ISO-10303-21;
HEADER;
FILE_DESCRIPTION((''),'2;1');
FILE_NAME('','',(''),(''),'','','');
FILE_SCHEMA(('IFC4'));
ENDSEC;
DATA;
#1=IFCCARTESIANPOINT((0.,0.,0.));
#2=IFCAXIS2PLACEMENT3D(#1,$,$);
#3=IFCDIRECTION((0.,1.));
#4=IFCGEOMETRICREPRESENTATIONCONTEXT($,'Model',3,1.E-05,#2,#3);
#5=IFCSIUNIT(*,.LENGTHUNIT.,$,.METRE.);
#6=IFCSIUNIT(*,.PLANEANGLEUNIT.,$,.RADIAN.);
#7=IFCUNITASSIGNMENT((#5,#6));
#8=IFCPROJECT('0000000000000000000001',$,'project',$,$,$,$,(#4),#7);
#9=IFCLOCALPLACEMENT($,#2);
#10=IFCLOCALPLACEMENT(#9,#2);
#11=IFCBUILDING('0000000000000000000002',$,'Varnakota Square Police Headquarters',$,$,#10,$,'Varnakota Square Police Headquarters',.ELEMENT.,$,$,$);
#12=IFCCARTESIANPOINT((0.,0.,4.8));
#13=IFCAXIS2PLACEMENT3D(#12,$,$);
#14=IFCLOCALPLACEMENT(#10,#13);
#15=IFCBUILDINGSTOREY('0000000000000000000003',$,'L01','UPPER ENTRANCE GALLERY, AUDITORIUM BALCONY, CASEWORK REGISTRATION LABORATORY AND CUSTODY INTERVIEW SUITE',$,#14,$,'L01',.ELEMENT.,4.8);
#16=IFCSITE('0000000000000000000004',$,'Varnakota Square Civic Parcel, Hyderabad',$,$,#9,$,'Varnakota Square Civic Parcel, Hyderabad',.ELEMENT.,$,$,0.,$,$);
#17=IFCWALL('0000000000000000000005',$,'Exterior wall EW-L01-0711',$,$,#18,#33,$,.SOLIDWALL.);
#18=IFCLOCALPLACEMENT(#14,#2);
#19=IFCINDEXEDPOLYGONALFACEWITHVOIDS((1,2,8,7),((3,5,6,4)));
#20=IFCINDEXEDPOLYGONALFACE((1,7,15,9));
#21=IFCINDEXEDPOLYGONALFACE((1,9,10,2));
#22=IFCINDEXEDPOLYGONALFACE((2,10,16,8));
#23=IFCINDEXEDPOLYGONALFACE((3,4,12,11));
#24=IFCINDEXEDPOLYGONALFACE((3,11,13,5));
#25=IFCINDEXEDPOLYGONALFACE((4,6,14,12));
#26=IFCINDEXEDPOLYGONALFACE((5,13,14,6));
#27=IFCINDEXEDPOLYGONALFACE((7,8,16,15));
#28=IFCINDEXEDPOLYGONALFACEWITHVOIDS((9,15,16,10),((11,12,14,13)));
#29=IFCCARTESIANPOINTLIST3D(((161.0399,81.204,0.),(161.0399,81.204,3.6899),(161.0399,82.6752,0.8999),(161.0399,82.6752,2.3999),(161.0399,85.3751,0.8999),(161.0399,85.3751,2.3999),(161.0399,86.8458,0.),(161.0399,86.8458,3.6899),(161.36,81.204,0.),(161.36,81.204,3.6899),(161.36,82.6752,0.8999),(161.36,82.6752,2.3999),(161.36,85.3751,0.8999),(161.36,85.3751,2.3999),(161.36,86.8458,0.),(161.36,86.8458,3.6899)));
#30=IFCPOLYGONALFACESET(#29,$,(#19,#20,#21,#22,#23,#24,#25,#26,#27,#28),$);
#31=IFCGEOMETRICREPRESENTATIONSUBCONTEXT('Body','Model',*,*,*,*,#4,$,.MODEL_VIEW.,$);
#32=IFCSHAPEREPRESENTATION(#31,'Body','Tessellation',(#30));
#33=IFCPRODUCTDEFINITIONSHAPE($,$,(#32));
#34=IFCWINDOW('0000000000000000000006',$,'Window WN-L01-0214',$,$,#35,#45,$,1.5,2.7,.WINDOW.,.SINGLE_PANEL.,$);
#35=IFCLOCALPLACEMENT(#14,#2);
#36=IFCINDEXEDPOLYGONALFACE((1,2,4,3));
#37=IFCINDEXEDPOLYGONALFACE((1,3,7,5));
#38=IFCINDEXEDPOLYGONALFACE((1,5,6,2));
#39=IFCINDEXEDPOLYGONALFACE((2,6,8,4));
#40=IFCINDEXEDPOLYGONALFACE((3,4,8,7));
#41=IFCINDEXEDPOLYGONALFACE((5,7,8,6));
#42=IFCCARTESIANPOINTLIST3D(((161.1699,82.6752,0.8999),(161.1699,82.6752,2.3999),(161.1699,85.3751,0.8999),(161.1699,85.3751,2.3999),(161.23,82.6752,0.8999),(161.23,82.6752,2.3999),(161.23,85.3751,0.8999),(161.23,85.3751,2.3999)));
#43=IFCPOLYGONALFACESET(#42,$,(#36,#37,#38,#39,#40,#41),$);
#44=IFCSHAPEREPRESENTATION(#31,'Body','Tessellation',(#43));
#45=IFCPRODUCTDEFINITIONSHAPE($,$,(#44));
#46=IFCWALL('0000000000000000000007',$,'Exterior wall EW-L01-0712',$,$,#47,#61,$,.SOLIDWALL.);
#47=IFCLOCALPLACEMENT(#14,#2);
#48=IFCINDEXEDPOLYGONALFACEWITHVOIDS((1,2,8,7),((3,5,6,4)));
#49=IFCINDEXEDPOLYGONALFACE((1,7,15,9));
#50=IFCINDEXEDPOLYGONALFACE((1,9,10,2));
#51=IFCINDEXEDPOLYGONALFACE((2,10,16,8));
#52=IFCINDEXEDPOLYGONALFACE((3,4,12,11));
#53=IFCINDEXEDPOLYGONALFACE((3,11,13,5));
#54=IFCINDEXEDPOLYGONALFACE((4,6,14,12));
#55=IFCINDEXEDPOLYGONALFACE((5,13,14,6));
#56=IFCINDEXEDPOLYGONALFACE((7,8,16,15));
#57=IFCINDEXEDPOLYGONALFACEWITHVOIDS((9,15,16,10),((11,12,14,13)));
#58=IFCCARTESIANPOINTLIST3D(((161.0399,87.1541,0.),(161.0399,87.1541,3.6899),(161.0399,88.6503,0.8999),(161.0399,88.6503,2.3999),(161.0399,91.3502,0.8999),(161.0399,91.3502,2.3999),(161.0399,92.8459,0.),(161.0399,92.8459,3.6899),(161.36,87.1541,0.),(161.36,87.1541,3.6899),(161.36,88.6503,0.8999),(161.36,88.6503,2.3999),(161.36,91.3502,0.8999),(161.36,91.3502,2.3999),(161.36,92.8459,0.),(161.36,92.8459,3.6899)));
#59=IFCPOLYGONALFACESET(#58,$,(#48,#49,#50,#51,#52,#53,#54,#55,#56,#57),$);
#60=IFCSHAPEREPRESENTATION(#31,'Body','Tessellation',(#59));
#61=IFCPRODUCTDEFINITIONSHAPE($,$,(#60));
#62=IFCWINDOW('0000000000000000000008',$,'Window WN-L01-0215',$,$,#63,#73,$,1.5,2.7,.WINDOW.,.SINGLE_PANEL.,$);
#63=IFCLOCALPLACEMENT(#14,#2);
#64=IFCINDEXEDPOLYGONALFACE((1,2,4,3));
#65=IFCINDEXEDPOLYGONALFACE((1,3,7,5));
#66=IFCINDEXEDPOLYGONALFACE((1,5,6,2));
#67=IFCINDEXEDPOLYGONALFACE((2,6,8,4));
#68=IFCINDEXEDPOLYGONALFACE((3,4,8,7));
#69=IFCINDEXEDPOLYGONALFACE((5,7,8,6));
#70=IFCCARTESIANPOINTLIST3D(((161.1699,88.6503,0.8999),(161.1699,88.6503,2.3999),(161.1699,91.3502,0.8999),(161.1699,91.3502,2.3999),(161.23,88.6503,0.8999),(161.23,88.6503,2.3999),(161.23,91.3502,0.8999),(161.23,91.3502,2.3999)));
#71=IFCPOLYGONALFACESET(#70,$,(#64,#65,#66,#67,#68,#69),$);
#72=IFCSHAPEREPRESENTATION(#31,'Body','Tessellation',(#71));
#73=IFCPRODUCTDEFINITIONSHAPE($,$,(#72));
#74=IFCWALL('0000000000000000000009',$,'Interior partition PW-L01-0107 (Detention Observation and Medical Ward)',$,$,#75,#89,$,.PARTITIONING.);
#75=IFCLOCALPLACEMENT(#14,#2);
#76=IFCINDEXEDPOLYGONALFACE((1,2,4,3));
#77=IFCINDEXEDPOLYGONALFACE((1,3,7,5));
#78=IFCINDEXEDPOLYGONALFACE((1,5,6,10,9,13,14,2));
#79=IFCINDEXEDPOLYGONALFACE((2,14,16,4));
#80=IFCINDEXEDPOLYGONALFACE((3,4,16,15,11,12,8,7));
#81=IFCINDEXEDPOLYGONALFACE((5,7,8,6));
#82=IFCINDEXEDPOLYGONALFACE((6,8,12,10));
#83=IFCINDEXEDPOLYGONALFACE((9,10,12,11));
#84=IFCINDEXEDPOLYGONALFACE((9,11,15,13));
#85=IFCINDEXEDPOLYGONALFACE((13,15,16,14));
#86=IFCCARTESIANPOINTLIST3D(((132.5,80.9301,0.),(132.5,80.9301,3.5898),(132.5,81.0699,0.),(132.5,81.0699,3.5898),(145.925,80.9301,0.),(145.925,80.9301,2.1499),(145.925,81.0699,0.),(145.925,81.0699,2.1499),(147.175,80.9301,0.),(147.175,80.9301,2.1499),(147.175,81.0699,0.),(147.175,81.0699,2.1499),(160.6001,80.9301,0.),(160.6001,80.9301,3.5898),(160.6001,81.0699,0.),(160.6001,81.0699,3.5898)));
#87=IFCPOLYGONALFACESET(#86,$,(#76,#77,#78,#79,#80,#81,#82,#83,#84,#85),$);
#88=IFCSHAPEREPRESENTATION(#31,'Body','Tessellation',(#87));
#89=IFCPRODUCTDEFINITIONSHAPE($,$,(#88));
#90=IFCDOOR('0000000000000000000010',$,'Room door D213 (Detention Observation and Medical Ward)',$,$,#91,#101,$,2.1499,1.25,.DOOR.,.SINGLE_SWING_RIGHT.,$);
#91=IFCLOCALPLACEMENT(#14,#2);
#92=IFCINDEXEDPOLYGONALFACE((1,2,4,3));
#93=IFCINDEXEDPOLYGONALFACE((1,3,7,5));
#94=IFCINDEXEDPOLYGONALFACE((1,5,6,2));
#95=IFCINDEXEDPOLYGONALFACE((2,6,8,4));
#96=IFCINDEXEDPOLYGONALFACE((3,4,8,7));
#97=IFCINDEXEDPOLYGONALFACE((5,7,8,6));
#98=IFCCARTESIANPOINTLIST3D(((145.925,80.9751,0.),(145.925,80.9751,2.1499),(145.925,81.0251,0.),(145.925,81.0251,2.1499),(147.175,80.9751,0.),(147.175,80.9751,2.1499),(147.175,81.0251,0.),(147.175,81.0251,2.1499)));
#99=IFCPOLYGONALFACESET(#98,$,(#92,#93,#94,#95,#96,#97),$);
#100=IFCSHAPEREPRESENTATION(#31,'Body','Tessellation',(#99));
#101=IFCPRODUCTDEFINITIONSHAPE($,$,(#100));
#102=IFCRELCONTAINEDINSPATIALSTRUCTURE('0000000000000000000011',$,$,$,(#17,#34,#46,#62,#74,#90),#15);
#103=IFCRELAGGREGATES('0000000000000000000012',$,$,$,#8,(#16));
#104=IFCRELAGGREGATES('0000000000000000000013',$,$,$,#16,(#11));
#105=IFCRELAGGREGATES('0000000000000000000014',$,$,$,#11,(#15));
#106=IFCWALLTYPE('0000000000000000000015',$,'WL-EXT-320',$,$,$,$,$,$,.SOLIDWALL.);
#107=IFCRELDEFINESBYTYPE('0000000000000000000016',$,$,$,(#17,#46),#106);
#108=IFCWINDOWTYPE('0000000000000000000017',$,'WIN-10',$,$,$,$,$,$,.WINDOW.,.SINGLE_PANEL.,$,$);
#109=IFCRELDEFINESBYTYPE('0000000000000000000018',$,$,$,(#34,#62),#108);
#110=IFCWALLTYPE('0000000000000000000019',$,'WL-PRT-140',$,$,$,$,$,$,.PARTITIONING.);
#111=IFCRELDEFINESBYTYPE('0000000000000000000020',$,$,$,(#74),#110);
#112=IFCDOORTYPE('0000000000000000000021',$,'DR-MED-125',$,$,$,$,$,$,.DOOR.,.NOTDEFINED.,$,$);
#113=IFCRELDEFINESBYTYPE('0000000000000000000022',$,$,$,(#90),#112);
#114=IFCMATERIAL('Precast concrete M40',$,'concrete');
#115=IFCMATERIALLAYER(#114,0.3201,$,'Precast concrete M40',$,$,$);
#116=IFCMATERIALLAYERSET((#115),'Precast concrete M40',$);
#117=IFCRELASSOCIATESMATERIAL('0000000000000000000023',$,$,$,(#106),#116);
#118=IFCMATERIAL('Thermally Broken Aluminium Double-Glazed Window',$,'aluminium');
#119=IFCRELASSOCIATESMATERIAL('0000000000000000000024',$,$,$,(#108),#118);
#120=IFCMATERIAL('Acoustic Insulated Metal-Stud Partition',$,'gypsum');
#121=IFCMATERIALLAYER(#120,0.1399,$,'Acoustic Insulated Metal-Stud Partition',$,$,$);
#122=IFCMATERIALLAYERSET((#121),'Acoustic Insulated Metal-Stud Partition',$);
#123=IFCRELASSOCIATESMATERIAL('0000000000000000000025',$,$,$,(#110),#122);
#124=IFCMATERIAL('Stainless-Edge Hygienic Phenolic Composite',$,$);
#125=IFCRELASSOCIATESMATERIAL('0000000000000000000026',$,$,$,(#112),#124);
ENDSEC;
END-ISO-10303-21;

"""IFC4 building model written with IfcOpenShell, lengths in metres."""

from ifc_helpers import new_model, si_unit, direction, frame, frame_2d, origin, place, context, subcontext, project, spatial, rectangle, extrude, material, layer, layer_set, type_object, element, fill, save


model = new_model("IFC4")

# Units and contexts
model_context = context("Model", 3, precision=1e-05, world=origin(), true_north=direction((0.0, 1.0)))
body_context = subcontext(model_context, "Body", "Model", "MODEL_VIEW")
ifc_project = project(units=[si_unit("LENGTHUNIT", "METRE"), si_unit("PLANEANGLEUNIT", "RADIAN")], contexts=[model_context])

# Site, building, storey
site_placement = place(None, origin())
site = spatial("IfcSite", under=ifc_project, at=site_placement, Name="Varnakota Square Civic Parcel, Hyderabad", LongName="Varnakota Square Civic Parcel, Hyderabad", CompositionType="ELEMENT", RefElevation=0.0)
building_placement = place(site_placement, origin())
building = spatial("IfcBuilding", under=site, at=building_placement, Name="Varnakota Square Police Headquarters", LongName="Varnakota Square Police Headquarters", CompositionType="ELEMENT")
storey_placement = place(building_placement, frame((0.0, 0.0, 4.8)))
storey = spatial("IfcBuildingStorey", under=building, at=storey_placement, Name="L01", Description="UPPER ENTRANCE GALLERY, AUDITORIUM BALCONY, CASEWORK REGISTRATION LABORATORY AND CUSTODY INTERVIEW SUITE", LongName="L01", CompositionType="ELEMENT", Elevation=4.8)

# Walls, openings, windows
ifc_material_1 = material(Name="Precast concrete M40", Category="concrete")
ifc_layer_1 = layer(ifc_material_1, 0.3201, Name="Precast concrete M40")
ifc_layer_set_1 = layer_set([ifc_layer_1], Name="Precast concrete M40")
wall_type_1 = type_object("IfcWallType", Name="WL-EXT-320", PredefinedType="SOLIDWALL", material=ifc_layer_set_1)
wall_1_placement = place(storey_placement, frame((161.2, 81.2041, 0.0), z_axis=(0.0, 0.0, 1.0), x_axis=(0.0, 1.0, 0.0)))
wall_1 = element("IfcWall", 1, at=wall_1_placement, inside=storey, type_object=wall_type_1, Name="Exterior wall EW-L01-0711", PredefinedType="SOLIDWALL", context=body_context, shape_type="SweptSolid", body=[
    extrude(rectangle(XDim=5.6418, YDim=0.3201, at=frame_2d((2.8208, 0.0))), origin(), (0.0, 0.0, 1.0), 3.6899),
])
opening_1_placement = place(wall_1_placement, frame((1.4709, 0.0, 0.8999)))
opening_1 = element("IfcOpeningElement", 2, at=opening_1_placement, cuts=wall_1, PredefinedType="OPENING", context=body_context, shape_type="SweptSolid", body=[
    extrude(rectangle(XDim=2.7, YDim=1.5, at=frame_2d((1.3501, 0.75))), frame((0.0, 0.1699, 0.0), z_axis=(0.0, -1.0, 0.0), x_axis=(1.0, 0.0, 0.0)), (0.0, 0.0, 1.0), 0.3401),
])
ifc_material_2 = material(Name="Thermally Broken Aluminium Double-Glazed Window", Category="aluminium")
window_type = type_object("IfcWindowType", Name="WIN-10", PartitioningType="SINGLE_PANEL", PredefinedType="WINDOW", material=ifc_material_2)
window_1_placement = place(opening_1_placement, origin())
window_1 = element("IfcWindow", 3, at=window_1_placement, inside=storey, type_object=window_type, Name="Window WN-L01-0214", OverallHeight=1.5, OverallWidth=2.7, PartitioningType="SINGLE_PANEL", PredefinedType="WINDOW", context=body_context, shape_type="SweptSolid", body=[
    extrude(rectangle(XDim=2.7, YDim=1.5, at=frame_2d((1.3501, 0.75))), frame((0.0, 0.03, 0.0), z_axis=(0.0, -1.0, 0.0), x_axis=(1.0, 0.0, 0.0)), (0.0, 0.0, 1.0), 0.0601),
])
fill(opening_1, window_1)
wall_2_placement = place(storey_placement, frame((161.2, 87.1541, 0.0), z_axis=(0.0, 0.0, 1.0), x_axis=(0.0, 1.0, 0.0)))
wall_2 = element("IfcWall", 4, at=wall_2_placement, inside=storey, type_object=wall_type_1, Name="Exterior wall EW-L01-0712", PredefinedType="SOLIDWALL", context=body_context, shape_type="SweptSolid", body=[
    extrude(rectangle(XDim=5.6919, YDim=0.3201, at=frame_2d((2.8459, 0.0))), origin(), (0.0, 0.0, 1.0), 3.6899),
])
opening_2_placement = place(wall_2_placement, frame((1.4961, 0.0, 0.8999)))
opening_2 = element("IfcOpeningElement", 5, at=opening_2_placement, cuts=wall_2, PredefinedType="OPENING", context=body_context, shape_type="SweptSolid", body=[
    extrude(rectangle(XDim=2.7, YDim=1.5, at=frame_2d((1.3501, 0.75))), frame((0.0, 0.1699, 0.0), z_axis=(0.0, -1.0, 0.0), x_axis=(1.0, 0.0, 0.0)), (0.0, 0.0, 1.0), 0.3401),
])
window_2_placement = place(opening_2_placement, origin())
window_2 = element("IfcWindow", 6, at=window_2_placement, inside=storey, type_object=window_type, Name="Window WN-L01-0215", OverallHeight=1.5, OverallWidth=2.7, PartitioningType="SINGLE_PANEL", PredefinedType="WINDOW", context=body_context, shape_type="SweptSolid", body=[
    extrude(rectangle(XDim=2.7, YDim=1.5, at=frame_2d((1.3501, 0.75))), frame((0.0, 0.03, 0.0), z_axis=(0.0, -1.0, 0.0), x_axis=(1.0, 0.0, 0.0)), (0.0, 0.0, 1.0), 0.0601),
])
fill(opening_2, window_2)

# Wall, opening, door
ifc_material_3 = material(Name="Acoustic Insulated Metal-Stud Partition", Category="gypsum")
ifc_layer_2 = layer(ifc_material_3, 0.1399, Name="Acoustic Insulated Metal-Stud Partition")
ifc_layer_set_2 = layer_set([ifc_layer_2], Name="Acoustic Insulated Metal-Stud Partition")
wall_type_2 = type_object("IfcWallType", Name="WL-PRT-140", PredefinedType="PARTITIONING", material=ifc_layer_set_2)
wall_3_placement = place(storey_placement, frame((160.6001, 81.0, 0.0), z_axis=(0.0, 0.0, 1.0), x_axis=(-1.0, 0.0, 0.0)))
wall_3 = element("IfcWall", 7, at=wall_3_placement, inside=storey, type_object=wall_type_2, Name="Interior partition PW-L01-0107 (Detention Observation and Medical Ward)", PredefinedType="PARTITIONING", context=body_context, shape_type="SweptSolid", body=[
    extrude(rectangle(XDim=28.1001, YDim=0.1399, at=frame_2d((14.05, 0.0))), origin(), (0.0, 0.0, 1.0), 3.5898),
])
opening_3_placement = place(wall_3_placement, frame((13.425, 0.0, 0.0)))
opening_3 = element("IfcOpeningElement", 8, at=opening_3_placement, cuts=wall_3, PredefinedType="OPENING", context=body_context, shape_type="SweptSolid", body=[
    extrude(rectangle(XDim=1.25, YDim=2.1499, at=frame_2d((0.625, 1.075))), frame((0.0, 0.0798, 0.0), z_axis=(0.0, -1.0, 0.0), x_axis=(1.0, 0.0, 0.0)), (0.0, 0.0, 1.0), 0.1599),
])
ifc_material_4 = material(Name="Stainless-Edge Hygienic Phenolic Composite")
door_type = type_object("IfcDoorType", Name="DR-MED-125", OperationType="NOTDEFINED", PredefinedType="DOOR", material=ifc_material_4)
door_placement = place(opening_3_placement, origin())
door = element("IfcDoor", 9, at=door_placement, inside=storey, type_object=door_type, Name="Room door D213 (Detention Observation and Medical Ward)", OperationType="SINGLE_SWING_RIGHT", OverallHeight=2.1499, OverallWidth=1.25, PredefinedType="DOOR", context=body_context, shape_type="SweptSolid", body=[
    extrude(rectangle(XDim=1.25, YDim=2.1499, at=frame_2d((0.625, 1.075))), frame((0.0, 0.0249, 0.0), z_axis=(0.0, -1.0, 0.0), x_axis=(1.0, 0.0, 0.0)), (0.0, 0.0, 1.0), 0.05),
])
fill(opening_3, door)

save(model, "model.ifc")
